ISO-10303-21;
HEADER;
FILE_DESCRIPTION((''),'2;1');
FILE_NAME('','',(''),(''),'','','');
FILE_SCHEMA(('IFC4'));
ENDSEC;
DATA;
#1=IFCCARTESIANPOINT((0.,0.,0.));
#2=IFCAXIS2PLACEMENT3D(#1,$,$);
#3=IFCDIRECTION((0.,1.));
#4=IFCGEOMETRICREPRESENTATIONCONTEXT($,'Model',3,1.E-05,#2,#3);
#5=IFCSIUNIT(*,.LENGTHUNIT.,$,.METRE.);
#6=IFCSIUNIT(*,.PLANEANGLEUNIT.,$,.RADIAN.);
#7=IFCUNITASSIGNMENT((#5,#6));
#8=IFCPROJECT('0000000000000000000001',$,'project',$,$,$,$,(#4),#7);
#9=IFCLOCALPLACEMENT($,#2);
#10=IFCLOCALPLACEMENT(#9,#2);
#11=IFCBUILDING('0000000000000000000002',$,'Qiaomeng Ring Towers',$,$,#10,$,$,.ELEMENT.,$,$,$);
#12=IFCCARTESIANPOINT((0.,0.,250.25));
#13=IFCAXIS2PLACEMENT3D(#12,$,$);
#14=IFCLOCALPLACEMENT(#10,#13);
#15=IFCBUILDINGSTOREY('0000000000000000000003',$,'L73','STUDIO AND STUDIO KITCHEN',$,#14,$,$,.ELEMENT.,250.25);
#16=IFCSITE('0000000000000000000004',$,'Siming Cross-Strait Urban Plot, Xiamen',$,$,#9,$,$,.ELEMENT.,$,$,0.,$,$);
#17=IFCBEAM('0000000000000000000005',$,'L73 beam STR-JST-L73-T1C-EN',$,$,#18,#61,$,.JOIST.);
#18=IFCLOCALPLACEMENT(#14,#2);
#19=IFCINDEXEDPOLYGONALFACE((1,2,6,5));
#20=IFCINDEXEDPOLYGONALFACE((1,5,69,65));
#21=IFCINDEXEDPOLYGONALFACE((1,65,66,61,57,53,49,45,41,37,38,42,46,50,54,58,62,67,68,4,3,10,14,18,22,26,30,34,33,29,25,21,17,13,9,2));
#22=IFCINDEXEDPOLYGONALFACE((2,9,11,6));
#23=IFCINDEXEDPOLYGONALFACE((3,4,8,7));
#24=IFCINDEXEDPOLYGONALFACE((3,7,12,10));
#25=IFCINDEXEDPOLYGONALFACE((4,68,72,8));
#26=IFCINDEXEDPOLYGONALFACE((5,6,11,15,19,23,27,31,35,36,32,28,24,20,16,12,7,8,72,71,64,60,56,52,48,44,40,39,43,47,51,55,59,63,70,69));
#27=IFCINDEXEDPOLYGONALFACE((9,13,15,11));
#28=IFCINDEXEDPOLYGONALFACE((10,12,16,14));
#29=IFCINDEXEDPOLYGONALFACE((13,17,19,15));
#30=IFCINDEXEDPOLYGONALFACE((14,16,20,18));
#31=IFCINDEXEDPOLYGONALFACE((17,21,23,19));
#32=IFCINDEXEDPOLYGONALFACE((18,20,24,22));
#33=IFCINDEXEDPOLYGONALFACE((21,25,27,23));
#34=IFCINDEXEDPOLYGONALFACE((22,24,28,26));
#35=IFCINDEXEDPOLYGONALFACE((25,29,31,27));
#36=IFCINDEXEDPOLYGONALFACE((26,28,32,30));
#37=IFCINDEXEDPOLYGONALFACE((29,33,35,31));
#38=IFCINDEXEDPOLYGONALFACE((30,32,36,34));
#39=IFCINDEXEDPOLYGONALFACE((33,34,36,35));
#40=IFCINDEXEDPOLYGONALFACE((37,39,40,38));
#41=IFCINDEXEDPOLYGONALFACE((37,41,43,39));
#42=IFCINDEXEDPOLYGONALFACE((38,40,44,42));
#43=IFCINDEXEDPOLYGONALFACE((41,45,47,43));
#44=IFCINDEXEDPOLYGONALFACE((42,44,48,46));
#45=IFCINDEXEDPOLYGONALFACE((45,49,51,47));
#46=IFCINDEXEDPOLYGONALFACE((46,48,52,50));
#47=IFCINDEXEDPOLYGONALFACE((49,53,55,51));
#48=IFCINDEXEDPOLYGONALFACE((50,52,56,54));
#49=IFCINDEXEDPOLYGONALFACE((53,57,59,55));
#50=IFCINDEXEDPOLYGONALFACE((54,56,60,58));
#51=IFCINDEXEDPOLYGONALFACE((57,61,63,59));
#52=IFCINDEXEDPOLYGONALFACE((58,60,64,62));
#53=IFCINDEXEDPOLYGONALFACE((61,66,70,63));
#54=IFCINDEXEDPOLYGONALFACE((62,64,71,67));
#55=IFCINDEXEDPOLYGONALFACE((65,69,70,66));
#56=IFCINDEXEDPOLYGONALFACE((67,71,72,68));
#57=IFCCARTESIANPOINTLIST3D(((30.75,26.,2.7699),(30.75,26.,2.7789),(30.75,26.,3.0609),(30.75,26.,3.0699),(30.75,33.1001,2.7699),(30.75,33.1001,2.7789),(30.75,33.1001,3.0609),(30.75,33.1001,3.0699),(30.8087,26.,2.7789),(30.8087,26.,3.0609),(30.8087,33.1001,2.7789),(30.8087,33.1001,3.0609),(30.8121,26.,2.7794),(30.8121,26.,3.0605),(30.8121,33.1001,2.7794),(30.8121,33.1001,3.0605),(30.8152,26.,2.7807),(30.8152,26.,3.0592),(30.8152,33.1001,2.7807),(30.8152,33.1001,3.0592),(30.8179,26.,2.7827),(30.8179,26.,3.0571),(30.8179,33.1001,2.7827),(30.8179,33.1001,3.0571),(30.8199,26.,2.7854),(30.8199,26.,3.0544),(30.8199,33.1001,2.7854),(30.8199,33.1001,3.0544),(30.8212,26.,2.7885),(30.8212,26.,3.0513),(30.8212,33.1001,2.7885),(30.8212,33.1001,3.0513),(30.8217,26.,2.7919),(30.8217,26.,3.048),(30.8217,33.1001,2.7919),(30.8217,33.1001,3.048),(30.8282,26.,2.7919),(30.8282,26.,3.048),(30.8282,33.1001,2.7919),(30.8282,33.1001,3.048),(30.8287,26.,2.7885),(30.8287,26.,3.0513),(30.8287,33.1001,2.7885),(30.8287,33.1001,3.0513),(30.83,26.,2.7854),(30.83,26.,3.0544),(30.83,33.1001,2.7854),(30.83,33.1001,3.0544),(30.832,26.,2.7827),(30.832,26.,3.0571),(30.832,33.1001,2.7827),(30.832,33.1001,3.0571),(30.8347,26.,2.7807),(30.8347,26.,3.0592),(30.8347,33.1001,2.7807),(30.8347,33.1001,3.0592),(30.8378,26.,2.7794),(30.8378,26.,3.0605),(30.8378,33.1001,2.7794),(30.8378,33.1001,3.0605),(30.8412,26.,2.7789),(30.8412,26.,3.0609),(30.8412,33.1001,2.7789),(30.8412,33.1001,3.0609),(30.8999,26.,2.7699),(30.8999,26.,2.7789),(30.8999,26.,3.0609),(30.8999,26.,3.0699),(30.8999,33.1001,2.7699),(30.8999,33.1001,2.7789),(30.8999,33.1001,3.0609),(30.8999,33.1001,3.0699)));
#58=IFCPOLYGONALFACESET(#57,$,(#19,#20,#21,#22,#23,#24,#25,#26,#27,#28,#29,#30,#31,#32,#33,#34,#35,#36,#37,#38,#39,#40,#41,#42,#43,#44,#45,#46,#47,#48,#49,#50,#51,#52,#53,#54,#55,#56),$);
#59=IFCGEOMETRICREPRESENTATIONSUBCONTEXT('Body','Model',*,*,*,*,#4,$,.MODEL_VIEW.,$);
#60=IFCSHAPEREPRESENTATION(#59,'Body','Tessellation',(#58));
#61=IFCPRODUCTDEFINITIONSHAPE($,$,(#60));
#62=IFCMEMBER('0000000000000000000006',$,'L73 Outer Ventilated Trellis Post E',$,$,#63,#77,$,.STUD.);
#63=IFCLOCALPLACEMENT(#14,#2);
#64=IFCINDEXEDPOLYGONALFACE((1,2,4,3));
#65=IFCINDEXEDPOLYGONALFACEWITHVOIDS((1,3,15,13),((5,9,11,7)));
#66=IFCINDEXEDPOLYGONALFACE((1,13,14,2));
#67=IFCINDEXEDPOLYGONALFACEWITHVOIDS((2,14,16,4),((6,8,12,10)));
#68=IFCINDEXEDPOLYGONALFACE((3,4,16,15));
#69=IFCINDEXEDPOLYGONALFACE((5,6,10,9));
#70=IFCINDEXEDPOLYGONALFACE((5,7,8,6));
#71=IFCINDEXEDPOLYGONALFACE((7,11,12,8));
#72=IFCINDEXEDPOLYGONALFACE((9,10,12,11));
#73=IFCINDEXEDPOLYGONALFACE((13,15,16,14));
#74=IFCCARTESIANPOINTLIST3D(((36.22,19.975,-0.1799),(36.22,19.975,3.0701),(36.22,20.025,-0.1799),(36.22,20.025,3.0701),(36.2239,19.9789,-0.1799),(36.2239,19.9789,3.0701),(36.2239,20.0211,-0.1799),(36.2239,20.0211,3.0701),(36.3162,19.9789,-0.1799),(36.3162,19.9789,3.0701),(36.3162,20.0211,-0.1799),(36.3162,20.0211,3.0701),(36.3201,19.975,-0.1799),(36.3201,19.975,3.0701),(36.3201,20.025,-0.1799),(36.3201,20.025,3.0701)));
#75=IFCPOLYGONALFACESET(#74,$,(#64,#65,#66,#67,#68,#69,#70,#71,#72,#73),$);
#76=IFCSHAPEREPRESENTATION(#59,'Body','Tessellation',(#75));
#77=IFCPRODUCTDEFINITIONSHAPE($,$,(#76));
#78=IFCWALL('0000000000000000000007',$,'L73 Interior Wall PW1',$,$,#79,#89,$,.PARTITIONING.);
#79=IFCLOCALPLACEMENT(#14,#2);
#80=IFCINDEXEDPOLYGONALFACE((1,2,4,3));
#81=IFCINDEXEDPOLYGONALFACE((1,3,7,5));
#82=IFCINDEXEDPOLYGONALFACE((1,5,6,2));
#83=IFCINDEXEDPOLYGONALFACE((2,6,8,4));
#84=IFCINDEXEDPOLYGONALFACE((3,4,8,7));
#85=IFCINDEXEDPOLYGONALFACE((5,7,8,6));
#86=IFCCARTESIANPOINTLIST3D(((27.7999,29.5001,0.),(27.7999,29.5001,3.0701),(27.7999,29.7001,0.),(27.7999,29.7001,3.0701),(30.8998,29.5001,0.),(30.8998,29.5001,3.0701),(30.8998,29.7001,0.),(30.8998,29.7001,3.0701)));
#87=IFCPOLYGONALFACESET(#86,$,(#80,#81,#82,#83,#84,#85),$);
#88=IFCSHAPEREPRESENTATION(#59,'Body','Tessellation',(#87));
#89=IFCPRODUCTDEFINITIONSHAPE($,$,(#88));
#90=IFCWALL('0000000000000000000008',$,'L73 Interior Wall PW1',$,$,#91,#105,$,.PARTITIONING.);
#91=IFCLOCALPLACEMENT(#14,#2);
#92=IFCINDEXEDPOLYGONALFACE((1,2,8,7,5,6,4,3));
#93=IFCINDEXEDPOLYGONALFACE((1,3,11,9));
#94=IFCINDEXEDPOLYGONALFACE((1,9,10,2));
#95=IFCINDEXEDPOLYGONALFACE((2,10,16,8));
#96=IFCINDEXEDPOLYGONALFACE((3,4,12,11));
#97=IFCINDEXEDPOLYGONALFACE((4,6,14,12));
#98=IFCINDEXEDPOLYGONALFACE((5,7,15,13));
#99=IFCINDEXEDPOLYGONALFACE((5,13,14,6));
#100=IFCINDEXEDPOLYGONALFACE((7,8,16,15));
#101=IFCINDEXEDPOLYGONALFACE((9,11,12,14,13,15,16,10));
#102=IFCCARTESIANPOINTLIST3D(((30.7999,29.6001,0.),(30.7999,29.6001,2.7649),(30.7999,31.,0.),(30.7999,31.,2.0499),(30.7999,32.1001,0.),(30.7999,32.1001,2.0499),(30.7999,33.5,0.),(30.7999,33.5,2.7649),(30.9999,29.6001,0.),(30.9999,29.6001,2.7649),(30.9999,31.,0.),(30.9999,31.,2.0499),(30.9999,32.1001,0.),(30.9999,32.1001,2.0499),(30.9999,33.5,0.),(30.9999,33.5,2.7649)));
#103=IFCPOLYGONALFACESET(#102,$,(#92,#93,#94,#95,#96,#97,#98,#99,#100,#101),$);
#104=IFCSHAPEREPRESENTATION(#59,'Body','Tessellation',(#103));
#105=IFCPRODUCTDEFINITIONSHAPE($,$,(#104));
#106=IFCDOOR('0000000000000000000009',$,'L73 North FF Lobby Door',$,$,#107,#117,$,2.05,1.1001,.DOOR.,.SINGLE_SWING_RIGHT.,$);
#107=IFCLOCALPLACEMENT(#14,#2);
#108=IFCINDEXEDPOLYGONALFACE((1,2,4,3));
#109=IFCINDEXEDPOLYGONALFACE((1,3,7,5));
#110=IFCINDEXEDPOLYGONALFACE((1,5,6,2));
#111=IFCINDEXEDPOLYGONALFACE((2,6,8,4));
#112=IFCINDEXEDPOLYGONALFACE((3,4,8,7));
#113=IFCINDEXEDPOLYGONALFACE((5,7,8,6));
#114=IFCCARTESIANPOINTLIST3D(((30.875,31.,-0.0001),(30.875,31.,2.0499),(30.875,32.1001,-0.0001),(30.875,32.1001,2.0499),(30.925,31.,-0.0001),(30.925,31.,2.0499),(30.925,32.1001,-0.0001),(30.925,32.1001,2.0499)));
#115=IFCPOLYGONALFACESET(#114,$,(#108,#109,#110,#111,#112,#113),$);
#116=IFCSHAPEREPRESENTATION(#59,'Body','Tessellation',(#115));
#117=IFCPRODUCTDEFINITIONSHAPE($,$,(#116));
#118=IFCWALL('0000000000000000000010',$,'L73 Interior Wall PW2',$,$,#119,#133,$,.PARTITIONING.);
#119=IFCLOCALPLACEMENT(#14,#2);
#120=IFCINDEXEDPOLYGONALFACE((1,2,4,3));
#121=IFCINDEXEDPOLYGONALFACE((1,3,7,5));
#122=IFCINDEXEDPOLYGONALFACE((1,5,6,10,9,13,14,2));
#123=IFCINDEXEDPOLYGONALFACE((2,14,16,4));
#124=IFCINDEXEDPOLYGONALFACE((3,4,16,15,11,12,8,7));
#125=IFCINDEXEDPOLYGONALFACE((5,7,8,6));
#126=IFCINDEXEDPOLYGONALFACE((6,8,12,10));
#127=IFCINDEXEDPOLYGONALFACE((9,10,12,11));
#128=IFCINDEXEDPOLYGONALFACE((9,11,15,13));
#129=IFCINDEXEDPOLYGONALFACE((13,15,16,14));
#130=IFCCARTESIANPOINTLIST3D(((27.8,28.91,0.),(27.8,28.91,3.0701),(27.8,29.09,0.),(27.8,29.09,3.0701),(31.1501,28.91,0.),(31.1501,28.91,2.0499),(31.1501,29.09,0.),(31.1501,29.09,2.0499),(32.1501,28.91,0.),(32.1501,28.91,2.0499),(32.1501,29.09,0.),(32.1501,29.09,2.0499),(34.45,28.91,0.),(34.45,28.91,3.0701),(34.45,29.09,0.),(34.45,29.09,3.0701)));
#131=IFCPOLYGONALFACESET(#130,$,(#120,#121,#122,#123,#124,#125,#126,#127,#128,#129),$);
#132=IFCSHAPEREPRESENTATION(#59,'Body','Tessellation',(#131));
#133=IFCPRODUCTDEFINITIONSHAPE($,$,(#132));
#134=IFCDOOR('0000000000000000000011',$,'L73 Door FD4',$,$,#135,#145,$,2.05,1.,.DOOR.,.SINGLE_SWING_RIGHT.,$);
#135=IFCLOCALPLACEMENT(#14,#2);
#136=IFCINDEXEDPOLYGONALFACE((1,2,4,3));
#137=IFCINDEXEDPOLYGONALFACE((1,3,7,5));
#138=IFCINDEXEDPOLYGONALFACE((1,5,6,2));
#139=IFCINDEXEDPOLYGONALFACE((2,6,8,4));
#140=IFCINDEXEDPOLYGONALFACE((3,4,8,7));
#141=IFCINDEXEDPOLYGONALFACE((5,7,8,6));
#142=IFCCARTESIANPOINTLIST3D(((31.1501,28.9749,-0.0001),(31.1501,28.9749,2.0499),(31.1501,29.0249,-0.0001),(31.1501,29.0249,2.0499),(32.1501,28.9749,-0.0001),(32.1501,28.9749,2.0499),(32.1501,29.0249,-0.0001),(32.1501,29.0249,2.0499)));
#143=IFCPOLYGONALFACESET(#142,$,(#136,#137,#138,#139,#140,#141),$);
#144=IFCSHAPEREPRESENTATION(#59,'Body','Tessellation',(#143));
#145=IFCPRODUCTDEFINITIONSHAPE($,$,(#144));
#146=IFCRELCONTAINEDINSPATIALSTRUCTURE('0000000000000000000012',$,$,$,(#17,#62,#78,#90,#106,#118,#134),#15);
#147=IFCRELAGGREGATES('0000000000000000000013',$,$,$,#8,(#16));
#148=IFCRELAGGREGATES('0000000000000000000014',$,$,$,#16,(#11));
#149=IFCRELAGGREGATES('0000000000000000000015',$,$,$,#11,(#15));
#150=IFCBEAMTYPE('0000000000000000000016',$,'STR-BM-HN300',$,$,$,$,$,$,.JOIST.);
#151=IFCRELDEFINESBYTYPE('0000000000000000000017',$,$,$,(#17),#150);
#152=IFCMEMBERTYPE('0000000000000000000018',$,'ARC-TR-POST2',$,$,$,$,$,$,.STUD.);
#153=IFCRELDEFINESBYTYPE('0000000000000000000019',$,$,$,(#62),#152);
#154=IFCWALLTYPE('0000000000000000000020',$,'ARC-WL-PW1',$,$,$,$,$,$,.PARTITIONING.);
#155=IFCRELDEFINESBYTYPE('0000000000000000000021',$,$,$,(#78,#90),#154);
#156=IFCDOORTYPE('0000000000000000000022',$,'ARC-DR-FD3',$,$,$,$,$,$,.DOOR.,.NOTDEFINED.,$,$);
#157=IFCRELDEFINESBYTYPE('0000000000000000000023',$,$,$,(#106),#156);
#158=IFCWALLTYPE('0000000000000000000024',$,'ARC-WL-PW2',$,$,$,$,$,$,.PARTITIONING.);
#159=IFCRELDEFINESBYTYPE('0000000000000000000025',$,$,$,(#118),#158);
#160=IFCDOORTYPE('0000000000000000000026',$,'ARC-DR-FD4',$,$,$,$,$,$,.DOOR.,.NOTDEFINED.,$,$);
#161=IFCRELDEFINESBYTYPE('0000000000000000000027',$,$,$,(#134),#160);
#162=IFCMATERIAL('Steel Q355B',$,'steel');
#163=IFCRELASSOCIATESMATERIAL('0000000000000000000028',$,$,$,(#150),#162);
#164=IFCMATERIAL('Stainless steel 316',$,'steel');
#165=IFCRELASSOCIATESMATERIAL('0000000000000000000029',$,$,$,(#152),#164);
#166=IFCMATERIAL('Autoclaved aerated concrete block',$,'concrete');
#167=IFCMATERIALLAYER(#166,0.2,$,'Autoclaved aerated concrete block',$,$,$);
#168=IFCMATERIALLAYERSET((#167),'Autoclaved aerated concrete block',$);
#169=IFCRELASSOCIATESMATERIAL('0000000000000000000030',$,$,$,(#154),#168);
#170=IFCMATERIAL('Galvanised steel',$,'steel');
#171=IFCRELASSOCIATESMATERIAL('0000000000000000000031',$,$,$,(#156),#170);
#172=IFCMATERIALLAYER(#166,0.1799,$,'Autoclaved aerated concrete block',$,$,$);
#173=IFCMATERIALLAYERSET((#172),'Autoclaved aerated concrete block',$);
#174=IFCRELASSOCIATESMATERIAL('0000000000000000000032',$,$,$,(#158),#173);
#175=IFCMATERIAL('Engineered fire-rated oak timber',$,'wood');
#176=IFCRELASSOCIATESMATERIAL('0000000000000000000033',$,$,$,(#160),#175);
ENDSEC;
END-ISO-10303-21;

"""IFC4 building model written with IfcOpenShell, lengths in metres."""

from ifc_helpers import new_model, si_unit, direction, frame, frame_2d, origin, origin_2d, place, context, subcontext, project, spatial, rectangle, hollow_rectangle, i_section, extrude, source, transform, mapped, material, layer, layer_set, material_profile, profile_set, type_object, element, fill, save


model = new_model("IFC4")

# Units and contexts
model_context = context("Model", 3, precision=1e-05, world=origin(), true_north=direction((0.0, 1.0)))
body_context = subcontext(model_context, "Body", "Model", "MODEL_VIEW")
ifc_project = project(units=[si_unit("LENGTHUNIT", "METRE"), si_unit("PLANEANGLEUNIT", "RADIAN")], contexts=[model_context])

# Site, building, storey
site_placement = place(None, origin())
site = spatial("IfcSite", under=ifc_project, at=site_placement, Name="Siming Cross-Strait Urban Plot, Xiamen", CompositionType="ELEMENT", RefElevation=0.0)
building_placement = place(site_placement, origin())
building = spatial("IfcBuilding", under=site, at=building_placement, Name="Qiaomeng Ring Towers", CompositionType="ELEMENT")
storey_placement = place(building_placement, frame((0.0, 0.0, 250.25)))
storey = spatial("IfcBuildingStorey", under=building, at=storey_placement, Name="L73", Description="STUDIO AND STUDIO KITCHEN", CompositionType="ELEMENT", Elevation=250.25)

# Beam
ifc_material_1 = material(Name="Steel Q355B", Category="steel")
ifc_material_profile_1 = material_profile(ifc_material_1, i_section(OverallWidth=0.1499, OverallDepth=0.3, WebThickness=0.0066, FlangeThickness=0.009, FilletRadius=0.0129, at=origin_2d()), Name="HN 300x150x6.5x9")
ifc_profile_set_1 = profile_set([ifc_material_profile_1], Name="Steel Q355B")
beam_type_1 = type_object("IfcBeamType", Name="STR-BM-HN300", PredefinedType="JOIST", material=ifc_profile_set_1)
shared_shape_1 = source(origin(), body_context, "Body", "SweptSolid", [
    extrude(i_section(OverallWidth=0.1499, OverallDepth=0.3, WebThickness=0.0066, FlangeThickness=0.009, FilletRadius=0.0129, at=origin_2d()), origin(), (0.0, 0.0, 1.0), 7.1001),
])
beam_1_placement = place(storey_placement, frame((30.825, 26.0, 2.9199), z_axis=(0.0, 1.0, 0.0), x_axis=(-1.0, 0.0, 0.0)))
element("IfcBeam", 1, at=beam_1_placement, inside=storey, type_object=beam_type_1, Name="L73 beam STR-JST-L73-T1C-EN", PredefinedType="JOIST", context=body_context, shape_type="MappedRepresentation", body=[
    mapped(shared_shape_1, transform((0.0, 0.0, 0.0), x_axis=(1.0, 0.0, 0.0), y_axis=(0.0, 1.0, 0.0), z_axis=(0.0, 0.0, 1.0), scale=1.0)),
])

# Member
ifc_material_2 = material(Name="Stainless steel 316", Category="steel")
ifc_material_profile_2 = material_profile(ifc_material_2, hollow_rectangle(XDim=0.05, YDim=0.1001, WallThickness=0.0039, at=origin_2d()), Name="SS TRELLIS 100x50")
ifc_profile_set_2 = profile_set([ifc_material_profile_2], Name="Stainless steel 316")
member_type = type_object("IfcMemberType", Name="ARC-TR-POST2", PredefinedType="STUD", material=ifc_profile_set_2)
shared_shape_2 = source(origin(), body_context, "Body", "SweptSolid", [
    extrude(hollow_rectangle(XDim=0.05, YDim=0.1001, WallThickness=0.0039, at=origin_2d()), origin(), (0.0, 0.0, 1.0), 3.25),
])
member_placement = place(storey_placement, frame((36.27, 20.0, -0.1799), z_axis=(0.0, 0.0, 1.0), x_axis=(0.0, 1.0, 0.0)))
element("IfcMember", 2, at=member_placement, inside=storey, type_object=member_type, Name="L73 Outer Ventilated Trellis Post E", PredefinedType="STUD", context=body_context, shape_type="MappedRepresentation", body=[
    mapped(shared_shape_2, transform((0.0, 0.0, 0.0), x_axis=(1.0, 0.0, 0.0), y_axis=(0.0, 1.0, 0.0), z_axis=(0.0, 0.0, 1.0), scale=1.0)),
])

# Wall
ifc_material_3 = material(Name="Autoclaved aerated concrete block", Category="concrete")
ifc_layer_1 = layer(ifc_material_3, 0.2, Name="Autoclaved aerated concrete block")
ifc_layer_set_1 = layer_set([ifc_layer_1], Name="Autoclaved aerated concrete block")
wall_type_1 = type_object("IfcWallType", Name="ARC-WL-PW1", PredefinedType="PARTITIONING", material=ifc_layer_set_1)
wall_1_placement = place(storey_placement, frame((27.8, 29.6001, 0.0), z_axis=(0.0, 0.0, 1.0), x_axis=(1.0, 0.0, 0.0)))
element("IfcWall", 3, at=wall_1_placement, inside=storey, type_object=wall_type_1, Name="L73 Interior Wall PW1", PredefinedType="PARTITIONING", context=body_context, shape_type="SweptSolid", body=[
    extrude(rectangle(XDim=3.0999, YDim=0.2, at=frame_2d((1.5498, 0.0))), origin(), (0.0, 0.0, 1.0), 3.0701),
])

# Walls, openings, doors
wall_2_placement = place(storey_placement, frame((30.8999, 29.6001, 0.0), z_axis=(0.0, 0.0, 1.0), x_axis=(0.0, 1.0, 0.0)))
wall_2 = element("IfcWall", 4, at=wall_2_placement, inside=storey, type_object=wall_type_1, Name="L73 Interior Wall PW1", PredefinedType="PARTITIONING", context=body_context, shape_type="SweptSolid", body=[
    extrude(rectangle(XDim=3.8999, YDim=0.2, at=frame_2d((1.95, 0.0))), origin(), (0.0, 0.0, 1.0), 2.7649),
])
opening_1_placement = place(wall_2_placement, frame((1.3999, 0.0, 0.0)))
opening_1 = element("IfcOpeningElement", 5, at=opening_1_placement, cuts=wall_2, PredefinedType="OPENING", context=body_context, shape_type="SweptSolid", body=[
    extrude(rectangle(XDim=1.1001, YDim=2.05, at=frame_2d((0.55, 1.0249))), frame((0.0, 0.1099, 0.0), z_axis=(0.0, -1.0, 0.0), x_axis=(1.0, 0.0, 0.0)), (0.0, 0.0, 1.0), 0.22),
])
ifc_material_4 = material(Name="Galvanised steel", Category="steel")
door_type_1 = type_object("IfcDoorType", Name="ARC-DR-FD3", OperationType="NOTDEFINED", PredefinedType="DOOR", material=ifc_material_4)
shared_shape_3 = source(origin(), body_context, "Body", "SweptSolid", [
    extrude(rectangle(XDim=1.1001, YDim=2.05, at=frame_2d((0.55, 1.0249))), frame((0.0, 0.0249, 0.0), z_axis=(0.0, -1.0, 0.0), x_axis=(1.0, 0.0, 0.0)), (0.0, 0.0, 1.0), 0.05),
])
door_1_placement = place(opening_1_placement, origin())
door_1 = element("IfcDoor", 6, at=door_1_placement, inside=storey, type_object=door_type_1, Name="L73 North FF Lobby Door", OperationType="SINGLE_SWING_RIGHT", OverallHeight=2.05, OverallWidth=1.1001, PredefinedType="DOOR", context=body_context, shape_type="MappedRepresentation", body=[
    mapped(shared_shape_3, transform((0.0, 0.0, 0.0), x_axis=(1.0, 0.0, 0.0), y_axis=(0.0, 1.0, 0.0), z_axis=(0.0, 0.0, 1.0), scale=1.0)),
])
fill(opening_1, door_1)
ifc_layer_2 = layer(ifc_material_3, 0.1799, Name="Autoclaved aerated concrete block")
ifc_layer_set_2 = layer_set([ifc_layer_2], Name="Autoclaved aerated concrete block")
wall_type_2 = type_object("IfcWallType", Name="ARC-WL-PW2", PredefinedType="PARTITIONING", material=ifc_layer_set_2)
wall_3_placement = place(storey_placement, frame((27.8, 29.0, 0.0), z_axis=(0.0, 0.0, 1.0), x_axis=(1.0, 0.0, 0.0)))
wall_3 = element("IfcWall", 7, at=wall_3_placement, inside=storey, type_object=wall_type_2, Name="L73 Interior Wall PW2", PredefinedType="PARTITIONING", context=body_context, shape_type="SweptSolid", body=[
    extrude(rectangle(XDim=6.6499, YDim=0.1799, at=frame_2d((3.325, 0.0))), origin(), (0.0, 0.0, 1.0), 3.0701),
])
opening_2_placement = place(wall_3_placement, frame((3.3501, 0.0, 0.0)))
opening_2 = element("IfcOpeningElement", 8, at=opening_2_placement, cuts=wall_3, PredefinedType="OPENING", context=body_context, shape_type="SweptSolid", body=[
    extrude(rectangle(XDim=1.0, YDim=2.05, at=frame_2d((0.5, 1.0249))), frame((0.0, 0.0999, 0.0), z_axis=(0.0, -1.0, 0.0), x_axis=(1.0, 0.0, 0.0)), (0.0, 0.0, 1.0), 0.2),
])
ifc_material_5 = material(Name="Engineered fire-rated oak timber", Category="wood")
door_type_2 = type_object("IfcDoorType", Name="ARC-DR-FD4", OperationType="NOTDEFINED", PredefinedType="DOOR", material=ifc_material_5)
shared_shape_4 = source(origin(), body_context, "Body", "SweptSolid", [
    extrude(rectangle(XDim=1.0, YDim=2.05, at=frame_2d((0.5, 1.0249))), frame((0.0, 0.0249, 0.0), z_axis=(0.0, -1.0, 0.0), x_axis=(1.0, 0.0, 0.0)), (0.0, 0.0, 1.0), 0.05),
])
door_2_placement = place(opening_2_placement, origin())
door_2 = element("IfcDoor", 9, at=door_2_placement, inside=storey, type_object=door_type_2, Name="L73 Door FD4", OperationType="SINGLE_SWING_RIGHT", OverallHeight=2.05, OverallWidth=1.0, PredefinedType="DOOR", context=body_context, shape_type="MappedRepresentation", body=[
    mapped(shared_shape_4, transform((0.0, 0.0, 0.0), x_axis=(1.0, 0.0, 0.0), y_axis=(0.0, 1.0, 0.0), z_axis=(0.0, 0.0, 1.0), scale=1.0)),
])
fill(opening_2, door_2)

save(model, "model.ifc")
